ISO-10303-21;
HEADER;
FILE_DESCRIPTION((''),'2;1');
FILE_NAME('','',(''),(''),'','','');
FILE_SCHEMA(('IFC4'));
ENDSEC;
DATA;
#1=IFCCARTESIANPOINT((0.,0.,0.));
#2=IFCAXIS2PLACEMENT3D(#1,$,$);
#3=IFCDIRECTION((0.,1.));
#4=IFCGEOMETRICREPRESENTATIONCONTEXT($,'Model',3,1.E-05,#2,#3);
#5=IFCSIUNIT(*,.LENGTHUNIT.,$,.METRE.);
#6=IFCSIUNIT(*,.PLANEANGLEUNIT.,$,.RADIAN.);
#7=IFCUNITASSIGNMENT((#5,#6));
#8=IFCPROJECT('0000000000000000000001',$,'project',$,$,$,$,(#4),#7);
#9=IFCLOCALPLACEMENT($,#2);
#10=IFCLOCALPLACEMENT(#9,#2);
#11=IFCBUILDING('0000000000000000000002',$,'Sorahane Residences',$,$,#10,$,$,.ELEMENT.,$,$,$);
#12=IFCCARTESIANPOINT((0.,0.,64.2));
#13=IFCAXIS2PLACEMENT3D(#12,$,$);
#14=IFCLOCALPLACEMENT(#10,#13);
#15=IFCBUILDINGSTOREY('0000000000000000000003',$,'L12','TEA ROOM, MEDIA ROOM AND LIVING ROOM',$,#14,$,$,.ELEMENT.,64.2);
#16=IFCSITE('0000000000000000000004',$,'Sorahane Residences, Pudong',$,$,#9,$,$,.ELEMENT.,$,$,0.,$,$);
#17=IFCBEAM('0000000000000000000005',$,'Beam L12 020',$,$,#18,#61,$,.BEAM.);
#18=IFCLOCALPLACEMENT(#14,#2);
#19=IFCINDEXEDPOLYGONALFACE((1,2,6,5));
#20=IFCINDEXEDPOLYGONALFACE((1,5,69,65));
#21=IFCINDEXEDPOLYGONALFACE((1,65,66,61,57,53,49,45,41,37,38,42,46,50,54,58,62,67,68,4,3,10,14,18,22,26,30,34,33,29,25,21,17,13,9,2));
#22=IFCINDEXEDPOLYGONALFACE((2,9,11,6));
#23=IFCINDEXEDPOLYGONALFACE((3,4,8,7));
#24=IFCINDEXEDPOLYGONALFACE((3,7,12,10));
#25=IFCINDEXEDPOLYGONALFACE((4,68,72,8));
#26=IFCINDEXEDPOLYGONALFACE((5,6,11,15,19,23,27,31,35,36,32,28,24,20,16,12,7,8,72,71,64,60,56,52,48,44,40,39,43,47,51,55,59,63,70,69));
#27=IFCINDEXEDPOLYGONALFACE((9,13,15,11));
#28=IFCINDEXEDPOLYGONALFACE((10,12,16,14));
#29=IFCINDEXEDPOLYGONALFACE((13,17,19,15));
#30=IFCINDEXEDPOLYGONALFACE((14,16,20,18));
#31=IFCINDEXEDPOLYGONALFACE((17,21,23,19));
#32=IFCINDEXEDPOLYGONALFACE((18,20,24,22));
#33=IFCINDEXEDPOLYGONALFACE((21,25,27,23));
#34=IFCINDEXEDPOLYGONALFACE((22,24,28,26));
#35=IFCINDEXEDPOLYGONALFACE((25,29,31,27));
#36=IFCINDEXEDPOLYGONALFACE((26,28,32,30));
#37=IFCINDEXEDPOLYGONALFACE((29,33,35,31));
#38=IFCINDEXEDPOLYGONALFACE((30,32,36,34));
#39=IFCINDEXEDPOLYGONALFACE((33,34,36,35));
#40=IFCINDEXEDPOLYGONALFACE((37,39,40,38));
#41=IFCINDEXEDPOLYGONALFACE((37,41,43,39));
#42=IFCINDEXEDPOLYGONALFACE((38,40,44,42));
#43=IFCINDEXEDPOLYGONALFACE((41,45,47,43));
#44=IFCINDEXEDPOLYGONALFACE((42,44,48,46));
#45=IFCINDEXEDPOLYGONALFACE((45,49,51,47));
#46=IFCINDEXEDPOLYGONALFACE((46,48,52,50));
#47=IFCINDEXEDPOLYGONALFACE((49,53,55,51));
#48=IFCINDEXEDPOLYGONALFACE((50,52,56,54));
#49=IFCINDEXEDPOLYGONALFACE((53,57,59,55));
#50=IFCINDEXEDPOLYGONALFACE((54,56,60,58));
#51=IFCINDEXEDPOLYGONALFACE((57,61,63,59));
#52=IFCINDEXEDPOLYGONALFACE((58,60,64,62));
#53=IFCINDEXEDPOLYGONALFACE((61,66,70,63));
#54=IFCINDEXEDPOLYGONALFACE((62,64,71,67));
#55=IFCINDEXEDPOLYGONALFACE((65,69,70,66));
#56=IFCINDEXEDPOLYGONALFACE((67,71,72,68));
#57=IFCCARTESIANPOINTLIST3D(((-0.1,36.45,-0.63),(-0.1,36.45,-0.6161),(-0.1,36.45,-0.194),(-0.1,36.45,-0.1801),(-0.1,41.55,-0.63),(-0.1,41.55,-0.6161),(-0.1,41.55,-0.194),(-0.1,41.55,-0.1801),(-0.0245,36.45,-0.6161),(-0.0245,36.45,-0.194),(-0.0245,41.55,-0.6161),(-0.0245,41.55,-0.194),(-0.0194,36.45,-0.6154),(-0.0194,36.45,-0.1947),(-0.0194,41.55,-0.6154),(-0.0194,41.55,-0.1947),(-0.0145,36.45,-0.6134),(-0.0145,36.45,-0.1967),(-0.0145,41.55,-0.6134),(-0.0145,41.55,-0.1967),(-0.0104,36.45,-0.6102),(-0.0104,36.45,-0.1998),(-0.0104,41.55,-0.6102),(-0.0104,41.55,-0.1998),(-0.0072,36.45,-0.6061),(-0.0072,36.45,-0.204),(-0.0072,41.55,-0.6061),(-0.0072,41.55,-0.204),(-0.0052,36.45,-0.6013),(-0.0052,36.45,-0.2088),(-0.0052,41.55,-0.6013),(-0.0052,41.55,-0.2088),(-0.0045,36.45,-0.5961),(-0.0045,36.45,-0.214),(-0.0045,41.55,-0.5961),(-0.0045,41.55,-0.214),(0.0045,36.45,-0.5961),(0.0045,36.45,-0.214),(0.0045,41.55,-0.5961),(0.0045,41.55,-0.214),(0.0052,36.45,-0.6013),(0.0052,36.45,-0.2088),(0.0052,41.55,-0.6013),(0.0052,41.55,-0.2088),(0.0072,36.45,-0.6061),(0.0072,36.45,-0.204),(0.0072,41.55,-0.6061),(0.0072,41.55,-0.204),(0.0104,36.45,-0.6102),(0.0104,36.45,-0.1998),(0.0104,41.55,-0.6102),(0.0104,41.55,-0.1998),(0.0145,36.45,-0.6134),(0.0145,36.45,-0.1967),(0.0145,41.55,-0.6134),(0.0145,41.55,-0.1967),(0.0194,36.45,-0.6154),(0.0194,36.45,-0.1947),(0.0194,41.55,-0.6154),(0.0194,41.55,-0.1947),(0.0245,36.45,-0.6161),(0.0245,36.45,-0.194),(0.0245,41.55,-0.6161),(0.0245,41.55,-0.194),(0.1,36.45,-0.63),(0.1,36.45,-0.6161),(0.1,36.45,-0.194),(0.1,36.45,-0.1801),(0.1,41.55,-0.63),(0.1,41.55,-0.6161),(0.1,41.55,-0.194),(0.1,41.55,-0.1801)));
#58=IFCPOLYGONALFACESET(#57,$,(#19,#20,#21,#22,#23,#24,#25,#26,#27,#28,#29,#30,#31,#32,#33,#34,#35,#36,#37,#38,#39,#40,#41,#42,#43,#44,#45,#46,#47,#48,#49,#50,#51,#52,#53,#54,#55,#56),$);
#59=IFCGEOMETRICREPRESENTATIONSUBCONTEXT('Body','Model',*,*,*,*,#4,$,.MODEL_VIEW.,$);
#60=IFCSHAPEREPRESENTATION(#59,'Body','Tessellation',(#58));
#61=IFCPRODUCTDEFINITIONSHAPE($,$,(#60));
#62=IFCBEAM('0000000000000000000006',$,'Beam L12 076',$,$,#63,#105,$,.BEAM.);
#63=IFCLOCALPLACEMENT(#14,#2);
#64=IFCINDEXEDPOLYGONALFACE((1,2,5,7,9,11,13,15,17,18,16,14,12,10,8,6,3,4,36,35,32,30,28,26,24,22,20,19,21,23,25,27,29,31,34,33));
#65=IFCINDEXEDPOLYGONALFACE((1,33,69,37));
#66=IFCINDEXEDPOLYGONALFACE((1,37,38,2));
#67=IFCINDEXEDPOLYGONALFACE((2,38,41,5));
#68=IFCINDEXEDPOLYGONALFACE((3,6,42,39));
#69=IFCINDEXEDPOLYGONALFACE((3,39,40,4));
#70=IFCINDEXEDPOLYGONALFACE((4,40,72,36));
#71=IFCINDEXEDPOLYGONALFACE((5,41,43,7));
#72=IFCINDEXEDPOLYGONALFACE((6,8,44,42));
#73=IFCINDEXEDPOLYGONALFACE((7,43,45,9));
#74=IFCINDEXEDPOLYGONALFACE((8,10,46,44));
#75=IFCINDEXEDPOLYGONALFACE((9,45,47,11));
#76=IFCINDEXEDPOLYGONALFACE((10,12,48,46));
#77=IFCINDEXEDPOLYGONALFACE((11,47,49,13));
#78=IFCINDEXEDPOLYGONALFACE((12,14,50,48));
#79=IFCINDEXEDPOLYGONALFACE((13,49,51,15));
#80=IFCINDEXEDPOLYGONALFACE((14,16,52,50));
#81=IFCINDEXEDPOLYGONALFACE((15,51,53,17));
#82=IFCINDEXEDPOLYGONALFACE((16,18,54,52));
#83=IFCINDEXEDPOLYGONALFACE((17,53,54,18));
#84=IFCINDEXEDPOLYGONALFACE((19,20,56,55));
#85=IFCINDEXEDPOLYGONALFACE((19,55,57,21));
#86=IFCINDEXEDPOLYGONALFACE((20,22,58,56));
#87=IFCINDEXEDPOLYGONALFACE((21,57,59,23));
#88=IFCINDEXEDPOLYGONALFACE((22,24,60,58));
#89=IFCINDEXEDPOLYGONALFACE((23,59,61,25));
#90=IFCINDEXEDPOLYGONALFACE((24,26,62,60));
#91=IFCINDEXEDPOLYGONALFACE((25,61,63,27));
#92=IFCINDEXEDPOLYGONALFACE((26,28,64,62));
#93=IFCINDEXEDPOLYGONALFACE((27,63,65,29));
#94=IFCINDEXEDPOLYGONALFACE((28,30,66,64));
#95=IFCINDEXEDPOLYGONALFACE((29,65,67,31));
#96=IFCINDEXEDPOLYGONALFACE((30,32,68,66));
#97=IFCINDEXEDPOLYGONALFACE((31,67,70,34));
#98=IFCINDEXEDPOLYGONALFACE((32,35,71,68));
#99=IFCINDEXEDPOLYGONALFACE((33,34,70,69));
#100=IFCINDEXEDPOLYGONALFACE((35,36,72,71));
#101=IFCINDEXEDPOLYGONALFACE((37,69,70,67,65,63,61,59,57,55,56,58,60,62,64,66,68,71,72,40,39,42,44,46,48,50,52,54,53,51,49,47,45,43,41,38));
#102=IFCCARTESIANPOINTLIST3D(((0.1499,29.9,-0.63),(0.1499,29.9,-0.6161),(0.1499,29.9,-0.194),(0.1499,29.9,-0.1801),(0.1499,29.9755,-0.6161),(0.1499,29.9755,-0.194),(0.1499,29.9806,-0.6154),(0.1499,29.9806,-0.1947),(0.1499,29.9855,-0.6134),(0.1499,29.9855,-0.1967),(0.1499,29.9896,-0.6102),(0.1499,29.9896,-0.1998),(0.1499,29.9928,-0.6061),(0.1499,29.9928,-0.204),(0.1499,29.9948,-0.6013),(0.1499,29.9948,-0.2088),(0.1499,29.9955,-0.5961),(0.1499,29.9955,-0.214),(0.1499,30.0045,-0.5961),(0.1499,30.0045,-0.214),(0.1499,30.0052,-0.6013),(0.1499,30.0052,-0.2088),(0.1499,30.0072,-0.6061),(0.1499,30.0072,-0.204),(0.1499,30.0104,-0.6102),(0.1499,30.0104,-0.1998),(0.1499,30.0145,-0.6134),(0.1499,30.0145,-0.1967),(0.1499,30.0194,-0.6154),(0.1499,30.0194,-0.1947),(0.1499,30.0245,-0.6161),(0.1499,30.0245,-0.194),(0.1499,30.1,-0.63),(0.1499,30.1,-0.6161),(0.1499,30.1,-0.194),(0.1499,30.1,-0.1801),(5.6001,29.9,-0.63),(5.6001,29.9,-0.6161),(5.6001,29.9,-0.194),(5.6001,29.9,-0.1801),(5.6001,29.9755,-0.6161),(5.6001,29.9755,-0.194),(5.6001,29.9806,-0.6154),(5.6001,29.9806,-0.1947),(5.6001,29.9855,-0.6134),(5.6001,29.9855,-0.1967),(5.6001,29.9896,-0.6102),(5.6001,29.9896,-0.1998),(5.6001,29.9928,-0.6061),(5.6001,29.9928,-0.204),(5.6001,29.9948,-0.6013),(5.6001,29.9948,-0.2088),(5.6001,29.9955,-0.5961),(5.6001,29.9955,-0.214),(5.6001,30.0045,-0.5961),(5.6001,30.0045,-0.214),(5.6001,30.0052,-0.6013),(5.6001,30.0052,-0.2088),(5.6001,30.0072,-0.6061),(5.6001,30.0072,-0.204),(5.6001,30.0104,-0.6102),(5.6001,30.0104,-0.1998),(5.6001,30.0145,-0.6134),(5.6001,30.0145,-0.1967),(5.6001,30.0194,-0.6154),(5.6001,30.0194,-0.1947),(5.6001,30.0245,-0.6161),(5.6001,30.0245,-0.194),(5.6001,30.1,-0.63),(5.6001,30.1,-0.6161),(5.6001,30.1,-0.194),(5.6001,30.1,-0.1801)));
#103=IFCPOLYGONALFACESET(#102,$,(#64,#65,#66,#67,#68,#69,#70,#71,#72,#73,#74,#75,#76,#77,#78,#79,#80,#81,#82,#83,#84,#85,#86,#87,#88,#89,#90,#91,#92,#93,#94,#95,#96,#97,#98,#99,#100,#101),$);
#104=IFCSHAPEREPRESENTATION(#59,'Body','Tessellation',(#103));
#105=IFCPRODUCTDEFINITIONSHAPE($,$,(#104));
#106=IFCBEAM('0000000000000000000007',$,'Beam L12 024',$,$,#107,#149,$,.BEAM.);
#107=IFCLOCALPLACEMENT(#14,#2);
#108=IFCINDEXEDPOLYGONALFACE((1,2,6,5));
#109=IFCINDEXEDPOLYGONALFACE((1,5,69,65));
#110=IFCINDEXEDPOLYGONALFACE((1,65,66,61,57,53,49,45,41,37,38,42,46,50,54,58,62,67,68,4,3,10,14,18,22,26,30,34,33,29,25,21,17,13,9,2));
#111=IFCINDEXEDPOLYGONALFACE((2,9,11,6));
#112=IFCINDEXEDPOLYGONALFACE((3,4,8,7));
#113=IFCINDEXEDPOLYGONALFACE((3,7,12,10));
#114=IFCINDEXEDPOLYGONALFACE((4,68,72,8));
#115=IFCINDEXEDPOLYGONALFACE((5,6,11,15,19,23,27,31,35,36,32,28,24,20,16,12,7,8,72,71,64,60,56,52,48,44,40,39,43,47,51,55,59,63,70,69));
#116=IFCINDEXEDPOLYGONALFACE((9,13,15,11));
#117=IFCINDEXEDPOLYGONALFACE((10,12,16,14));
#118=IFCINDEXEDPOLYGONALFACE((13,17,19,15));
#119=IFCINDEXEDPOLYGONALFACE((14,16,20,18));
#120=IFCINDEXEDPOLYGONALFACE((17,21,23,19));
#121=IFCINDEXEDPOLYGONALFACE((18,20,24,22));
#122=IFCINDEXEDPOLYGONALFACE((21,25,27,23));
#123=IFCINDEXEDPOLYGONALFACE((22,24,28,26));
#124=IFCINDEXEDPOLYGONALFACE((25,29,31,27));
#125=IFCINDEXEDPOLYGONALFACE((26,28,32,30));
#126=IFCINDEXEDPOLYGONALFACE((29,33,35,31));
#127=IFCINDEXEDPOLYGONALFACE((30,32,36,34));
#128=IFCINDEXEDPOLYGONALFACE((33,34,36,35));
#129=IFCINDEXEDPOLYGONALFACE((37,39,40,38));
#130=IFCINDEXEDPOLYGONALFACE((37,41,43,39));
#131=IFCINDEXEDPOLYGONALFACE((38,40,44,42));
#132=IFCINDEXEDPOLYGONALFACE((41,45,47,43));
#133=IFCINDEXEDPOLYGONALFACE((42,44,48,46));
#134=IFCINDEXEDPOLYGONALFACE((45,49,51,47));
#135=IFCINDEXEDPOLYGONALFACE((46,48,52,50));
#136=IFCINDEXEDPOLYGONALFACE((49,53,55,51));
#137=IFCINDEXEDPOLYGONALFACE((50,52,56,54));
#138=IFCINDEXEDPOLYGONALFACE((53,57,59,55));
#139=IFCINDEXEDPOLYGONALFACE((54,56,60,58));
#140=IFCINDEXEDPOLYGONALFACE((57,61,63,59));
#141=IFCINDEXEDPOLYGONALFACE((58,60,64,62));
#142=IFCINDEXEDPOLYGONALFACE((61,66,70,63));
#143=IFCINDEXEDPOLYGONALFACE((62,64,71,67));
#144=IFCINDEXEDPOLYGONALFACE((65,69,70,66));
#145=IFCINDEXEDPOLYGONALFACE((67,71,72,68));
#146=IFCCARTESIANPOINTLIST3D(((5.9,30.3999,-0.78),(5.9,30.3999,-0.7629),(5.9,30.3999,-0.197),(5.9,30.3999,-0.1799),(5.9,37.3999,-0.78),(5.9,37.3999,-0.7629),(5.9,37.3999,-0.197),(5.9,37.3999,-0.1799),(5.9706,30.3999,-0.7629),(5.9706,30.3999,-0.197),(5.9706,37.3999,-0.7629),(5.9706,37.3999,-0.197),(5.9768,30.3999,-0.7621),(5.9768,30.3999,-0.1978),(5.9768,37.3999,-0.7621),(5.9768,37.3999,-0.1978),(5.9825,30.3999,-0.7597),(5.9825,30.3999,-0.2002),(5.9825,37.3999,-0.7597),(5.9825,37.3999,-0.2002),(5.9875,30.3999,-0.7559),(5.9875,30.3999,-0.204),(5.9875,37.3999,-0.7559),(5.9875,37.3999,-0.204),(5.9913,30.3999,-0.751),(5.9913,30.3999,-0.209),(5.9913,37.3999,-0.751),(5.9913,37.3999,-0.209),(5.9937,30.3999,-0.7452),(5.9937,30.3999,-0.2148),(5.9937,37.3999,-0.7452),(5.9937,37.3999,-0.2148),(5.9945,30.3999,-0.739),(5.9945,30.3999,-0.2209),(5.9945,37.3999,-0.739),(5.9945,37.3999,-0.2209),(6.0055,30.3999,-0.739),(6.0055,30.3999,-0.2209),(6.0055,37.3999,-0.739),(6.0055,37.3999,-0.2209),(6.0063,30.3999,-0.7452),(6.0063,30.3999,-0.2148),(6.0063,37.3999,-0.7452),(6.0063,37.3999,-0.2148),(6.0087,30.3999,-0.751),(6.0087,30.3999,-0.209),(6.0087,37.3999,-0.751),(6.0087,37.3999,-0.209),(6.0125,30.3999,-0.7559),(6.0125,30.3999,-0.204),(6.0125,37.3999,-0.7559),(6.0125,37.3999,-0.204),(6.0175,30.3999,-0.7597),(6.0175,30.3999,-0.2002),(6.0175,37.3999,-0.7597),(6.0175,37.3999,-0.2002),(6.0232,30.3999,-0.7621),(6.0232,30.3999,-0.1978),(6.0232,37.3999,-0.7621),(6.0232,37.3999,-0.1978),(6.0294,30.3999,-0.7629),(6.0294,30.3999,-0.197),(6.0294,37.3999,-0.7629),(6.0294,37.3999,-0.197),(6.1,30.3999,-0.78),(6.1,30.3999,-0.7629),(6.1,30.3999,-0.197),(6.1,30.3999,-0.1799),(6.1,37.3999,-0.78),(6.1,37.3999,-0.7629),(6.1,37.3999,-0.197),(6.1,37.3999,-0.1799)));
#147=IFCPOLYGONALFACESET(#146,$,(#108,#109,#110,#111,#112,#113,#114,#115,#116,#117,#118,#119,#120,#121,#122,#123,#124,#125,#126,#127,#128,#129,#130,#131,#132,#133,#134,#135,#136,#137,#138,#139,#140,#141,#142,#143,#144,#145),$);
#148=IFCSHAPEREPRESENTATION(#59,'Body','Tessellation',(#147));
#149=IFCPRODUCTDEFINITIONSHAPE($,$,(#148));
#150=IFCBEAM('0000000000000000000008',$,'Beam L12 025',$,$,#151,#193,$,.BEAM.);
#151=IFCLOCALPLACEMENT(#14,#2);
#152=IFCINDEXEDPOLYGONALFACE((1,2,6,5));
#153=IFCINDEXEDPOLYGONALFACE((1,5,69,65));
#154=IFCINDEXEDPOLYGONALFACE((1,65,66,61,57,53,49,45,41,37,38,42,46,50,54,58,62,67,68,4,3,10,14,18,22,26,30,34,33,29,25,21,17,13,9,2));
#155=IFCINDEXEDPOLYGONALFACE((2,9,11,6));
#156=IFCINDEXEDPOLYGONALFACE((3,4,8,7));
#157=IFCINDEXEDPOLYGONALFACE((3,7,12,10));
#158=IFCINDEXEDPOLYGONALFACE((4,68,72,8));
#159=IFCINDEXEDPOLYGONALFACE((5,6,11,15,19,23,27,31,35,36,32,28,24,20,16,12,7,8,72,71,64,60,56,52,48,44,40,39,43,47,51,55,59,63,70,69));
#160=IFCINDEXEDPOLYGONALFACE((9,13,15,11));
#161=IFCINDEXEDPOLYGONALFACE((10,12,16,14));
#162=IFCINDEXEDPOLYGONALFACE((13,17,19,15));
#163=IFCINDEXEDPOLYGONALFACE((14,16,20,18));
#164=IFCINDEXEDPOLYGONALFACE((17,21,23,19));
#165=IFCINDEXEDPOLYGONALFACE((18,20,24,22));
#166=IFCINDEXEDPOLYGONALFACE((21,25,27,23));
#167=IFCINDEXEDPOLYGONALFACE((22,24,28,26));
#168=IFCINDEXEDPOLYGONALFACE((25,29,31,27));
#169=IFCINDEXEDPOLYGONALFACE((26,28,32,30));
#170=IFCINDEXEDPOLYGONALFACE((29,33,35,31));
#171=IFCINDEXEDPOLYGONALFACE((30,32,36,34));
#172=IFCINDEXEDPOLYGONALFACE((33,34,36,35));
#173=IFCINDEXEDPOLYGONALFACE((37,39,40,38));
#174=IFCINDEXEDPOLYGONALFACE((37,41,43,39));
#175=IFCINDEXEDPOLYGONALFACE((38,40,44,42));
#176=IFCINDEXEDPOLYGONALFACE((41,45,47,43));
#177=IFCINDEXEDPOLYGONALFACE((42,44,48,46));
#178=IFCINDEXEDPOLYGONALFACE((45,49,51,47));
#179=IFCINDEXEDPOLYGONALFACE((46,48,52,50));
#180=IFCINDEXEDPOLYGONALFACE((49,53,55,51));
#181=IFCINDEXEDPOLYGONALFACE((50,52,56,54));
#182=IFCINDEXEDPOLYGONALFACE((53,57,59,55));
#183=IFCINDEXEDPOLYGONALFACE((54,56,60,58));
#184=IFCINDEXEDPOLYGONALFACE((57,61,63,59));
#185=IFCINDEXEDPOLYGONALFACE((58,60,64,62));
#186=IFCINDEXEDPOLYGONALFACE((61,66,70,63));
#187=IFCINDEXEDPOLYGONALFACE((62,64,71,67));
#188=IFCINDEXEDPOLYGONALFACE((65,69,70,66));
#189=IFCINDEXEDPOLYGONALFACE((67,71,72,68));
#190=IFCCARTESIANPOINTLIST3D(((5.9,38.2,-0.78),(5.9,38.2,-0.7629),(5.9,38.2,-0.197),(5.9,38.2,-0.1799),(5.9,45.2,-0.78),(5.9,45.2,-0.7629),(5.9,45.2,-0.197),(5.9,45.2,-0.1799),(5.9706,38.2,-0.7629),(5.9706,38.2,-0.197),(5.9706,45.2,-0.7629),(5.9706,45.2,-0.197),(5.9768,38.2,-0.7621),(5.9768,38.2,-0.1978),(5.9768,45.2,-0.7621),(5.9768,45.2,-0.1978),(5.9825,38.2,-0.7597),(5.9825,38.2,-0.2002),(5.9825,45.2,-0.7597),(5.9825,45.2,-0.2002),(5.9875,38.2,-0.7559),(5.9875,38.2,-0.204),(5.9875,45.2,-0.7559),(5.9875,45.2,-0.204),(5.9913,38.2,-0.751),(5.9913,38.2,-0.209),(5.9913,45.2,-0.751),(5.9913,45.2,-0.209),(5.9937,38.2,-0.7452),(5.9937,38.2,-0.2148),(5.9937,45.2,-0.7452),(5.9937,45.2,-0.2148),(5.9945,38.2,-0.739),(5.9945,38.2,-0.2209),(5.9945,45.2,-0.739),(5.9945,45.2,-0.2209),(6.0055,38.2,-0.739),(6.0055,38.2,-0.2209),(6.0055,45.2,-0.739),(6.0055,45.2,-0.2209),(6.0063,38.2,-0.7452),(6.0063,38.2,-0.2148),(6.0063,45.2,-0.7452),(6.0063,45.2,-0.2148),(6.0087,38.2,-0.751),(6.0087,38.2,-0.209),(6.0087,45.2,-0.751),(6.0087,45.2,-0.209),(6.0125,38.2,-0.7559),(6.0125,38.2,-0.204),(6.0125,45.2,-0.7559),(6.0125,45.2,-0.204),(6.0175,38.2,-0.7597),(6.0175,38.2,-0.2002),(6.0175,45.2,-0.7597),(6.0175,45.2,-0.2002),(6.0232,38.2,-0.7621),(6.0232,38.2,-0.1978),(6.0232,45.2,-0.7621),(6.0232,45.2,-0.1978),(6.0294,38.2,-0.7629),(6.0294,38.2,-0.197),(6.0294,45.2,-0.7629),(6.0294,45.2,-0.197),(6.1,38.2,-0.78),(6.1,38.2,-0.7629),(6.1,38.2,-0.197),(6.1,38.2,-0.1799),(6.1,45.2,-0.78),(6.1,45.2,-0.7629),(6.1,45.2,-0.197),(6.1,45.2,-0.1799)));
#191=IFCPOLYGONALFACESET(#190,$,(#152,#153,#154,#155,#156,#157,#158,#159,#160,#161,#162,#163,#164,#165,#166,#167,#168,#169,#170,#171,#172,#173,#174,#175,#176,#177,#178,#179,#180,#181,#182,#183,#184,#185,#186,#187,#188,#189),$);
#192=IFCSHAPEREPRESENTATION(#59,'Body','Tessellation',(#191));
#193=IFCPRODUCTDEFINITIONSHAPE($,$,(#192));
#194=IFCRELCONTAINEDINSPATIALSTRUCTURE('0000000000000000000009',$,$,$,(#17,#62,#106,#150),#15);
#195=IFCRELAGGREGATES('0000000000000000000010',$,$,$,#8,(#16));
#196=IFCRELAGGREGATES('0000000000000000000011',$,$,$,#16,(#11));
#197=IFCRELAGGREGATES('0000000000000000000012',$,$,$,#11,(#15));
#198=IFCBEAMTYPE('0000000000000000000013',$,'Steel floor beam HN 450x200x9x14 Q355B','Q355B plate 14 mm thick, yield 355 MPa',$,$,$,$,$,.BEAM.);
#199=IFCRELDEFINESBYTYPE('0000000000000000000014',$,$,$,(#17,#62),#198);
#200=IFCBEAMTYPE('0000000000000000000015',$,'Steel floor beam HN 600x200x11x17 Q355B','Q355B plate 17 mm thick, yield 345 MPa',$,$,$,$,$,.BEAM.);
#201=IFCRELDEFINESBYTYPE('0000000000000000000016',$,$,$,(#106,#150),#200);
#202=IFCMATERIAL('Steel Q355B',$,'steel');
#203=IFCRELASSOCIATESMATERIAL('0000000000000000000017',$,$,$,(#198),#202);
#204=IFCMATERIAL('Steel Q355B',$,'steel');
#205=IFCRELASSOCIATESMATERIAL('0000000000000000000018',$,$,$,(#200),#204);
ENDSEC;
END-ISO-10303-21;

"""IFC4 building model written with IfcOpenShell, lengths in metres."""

from ifc_helpers import new_model, si_unit, direction, frame, origin, origin_2d, place, context, subcontext, project, spatial, i_section, extrude, material, material_profile, profile_set, type_object, element, save


model = new_model("IFC4")

# Units and contexts
model_context = context("Model", 3, precision=1e-05, world=origin(), true_north=direction((0.0, 1.0)))
body_context = subcontext(model_context, "Body", "Model", "MODEL_VIEW")
ifc_project = project(units=[si_unit("LENGTHUNIT", "METRE"), si_unit("PLANEANGLEUNIT", "RADIAN")], contexts=[model_context])

# Site, building, storey
site_placement = place(None, origin())
site = spatial("IfcSite", under=ifc_project, at=site_placement, Name="Sorahane Residences, Pudong", CompositionType="ELEMENT", RefElevation=0.0)
building_placement = place(site_placement, origin())
building = spatial("IfcBuilding", under=site, at=building_placement, Name="Sorahane Residences", CompositionType="ELEMENT")
storey_placement = place(building_placement, frame((0.0, 0.0, 64.2)))
storey = spatial("IfcBuildingStorey", under=building, at=storey_placement, Name="L12", Description="TEA ROOM, MEDIA ROOM AND LIVING ROOM", CompositionType="ELEMENT", Elevation=64.2)

# Beams
ifc_material_1 = material(Name="Steel Q355B", Category="steel")
ifc_material_profile_1 = material_profile(ifc_material_1, i_section(OverallWidth=0.2, OverallDepth=0.45, WebThickness=0.009, FlangeThickness=0.0139, FilletRadius=0.02, at=origin_2d()), Name="HN 450x200x9x14")
ifc_profile_set_1 = profile_set([ifc_material_profile_1], Name="Steel Q355B")
beam_type_1 = type_object("IfcBeamType", Name="Steel floor beam HN 450x200x9x14 Q355B", Description="Q355B plate 14 mm thick, yield 355 MPa", PredefinedType="BEAM", material=ifc_profile_set_1)
beam_1_placement = place(storey_placement, frame((0.0, 36.45, -0.405), z_axis=(0.0, 1.0, 0.0), x_axis=(-1.0, 0.0, 0.0)))
element("IfcBeam", 1, at=beam_1_placement, inside=storey, type_object=beam_type_1, Name="Beam L12 020", PredefinedType="BEAM", context=body_context, shape_type="SweptSolid", body=[
    extrude(i_section(OverallWidth=0.2, OverallDepth=0.45, WebThickness=0.009, FlangeThickness=0.0139, FilletRadius=0.02, at=origin_2d()), origin(), (0.0, 0.0, 1.0), 5.1001),
])
beam_2_placement = place(storey_placement, frame((0.1499, 30.0, -0.405), z_axis=(1.0, 0.0, 0.0), x_axis=(0.0, 1.0, 0.0)))
element("IfcBeam", 2, at=beam_2_placement, inside=storey, type_object=beam_type_1, Name="Beam L12 076", PredefinedType="BEAM", context=body_context, shape_type="SweptSolid", body=[
    extrude(i_section(OverallWidth=0.2, OverallDepth=0.45, WebThickness=0.009, FlangeThickness=0.0139, FilletRadius=0.02, at=origin_2d()), origin(), (0.0, 0.0, 1.0), 5.4502),
])
ifc_material_2 = material(Name="Steel Q355B", Category="steel")
ifc_material_profile_2 = material_profile(ifc_material_2, i_section(OverallWidth=0.2, OverallDepth=0.6001, WebThickness=0.011, FlangeThickness=0.0171, FilletRadius=0.0239, at=origin_2d()), Name="HN 600x200x11x17")
ifc_profile_set_2 = profile_set([ifc_material_profile_2], Name="Steel Q355B")
beam_type_2 = type_object("IfcBeamType", Name="Steel floor beam HN 600x200x11x17 Q355B", Description="Q355B plate 17 mm thick, yield 345 MPa", PredefinedType="BEAM", material=ifc_profile_set_2)
for number, where, z_axis, x_axis, name in (
    (3, (6.0, 30.3999, -0.48), (0.0, 1.0, 0.0), (-1.0, 0.0, 0.0), "Beam L12 024"),
    (4, (6.0, 38.2, -0.48), (0.0, 1.0, 0.0), (-1.0, 0.0, 0.0), "Beam L12 025"),
):
    element("IfcBeam", number, at=place(storey_placement, frame(where, z_axis=z_axis, x_axis=x_axis)), inside=storey, type_object=beam_type_2, Name=name, PredefinedType="BEAM", context=body_context, shape_type="SweptSolid", body=[
        extrude(i_section(OverallWidth=0.2, OverallDepth=0.6001, WebThickness=0.011, FlangeThickness=0.0171, FilletRadius=0.0239, at=origin_2d()), origin(), (0.0, 0.0, 1.0), 7.0),
    ])

save(model, "model.ifc")
